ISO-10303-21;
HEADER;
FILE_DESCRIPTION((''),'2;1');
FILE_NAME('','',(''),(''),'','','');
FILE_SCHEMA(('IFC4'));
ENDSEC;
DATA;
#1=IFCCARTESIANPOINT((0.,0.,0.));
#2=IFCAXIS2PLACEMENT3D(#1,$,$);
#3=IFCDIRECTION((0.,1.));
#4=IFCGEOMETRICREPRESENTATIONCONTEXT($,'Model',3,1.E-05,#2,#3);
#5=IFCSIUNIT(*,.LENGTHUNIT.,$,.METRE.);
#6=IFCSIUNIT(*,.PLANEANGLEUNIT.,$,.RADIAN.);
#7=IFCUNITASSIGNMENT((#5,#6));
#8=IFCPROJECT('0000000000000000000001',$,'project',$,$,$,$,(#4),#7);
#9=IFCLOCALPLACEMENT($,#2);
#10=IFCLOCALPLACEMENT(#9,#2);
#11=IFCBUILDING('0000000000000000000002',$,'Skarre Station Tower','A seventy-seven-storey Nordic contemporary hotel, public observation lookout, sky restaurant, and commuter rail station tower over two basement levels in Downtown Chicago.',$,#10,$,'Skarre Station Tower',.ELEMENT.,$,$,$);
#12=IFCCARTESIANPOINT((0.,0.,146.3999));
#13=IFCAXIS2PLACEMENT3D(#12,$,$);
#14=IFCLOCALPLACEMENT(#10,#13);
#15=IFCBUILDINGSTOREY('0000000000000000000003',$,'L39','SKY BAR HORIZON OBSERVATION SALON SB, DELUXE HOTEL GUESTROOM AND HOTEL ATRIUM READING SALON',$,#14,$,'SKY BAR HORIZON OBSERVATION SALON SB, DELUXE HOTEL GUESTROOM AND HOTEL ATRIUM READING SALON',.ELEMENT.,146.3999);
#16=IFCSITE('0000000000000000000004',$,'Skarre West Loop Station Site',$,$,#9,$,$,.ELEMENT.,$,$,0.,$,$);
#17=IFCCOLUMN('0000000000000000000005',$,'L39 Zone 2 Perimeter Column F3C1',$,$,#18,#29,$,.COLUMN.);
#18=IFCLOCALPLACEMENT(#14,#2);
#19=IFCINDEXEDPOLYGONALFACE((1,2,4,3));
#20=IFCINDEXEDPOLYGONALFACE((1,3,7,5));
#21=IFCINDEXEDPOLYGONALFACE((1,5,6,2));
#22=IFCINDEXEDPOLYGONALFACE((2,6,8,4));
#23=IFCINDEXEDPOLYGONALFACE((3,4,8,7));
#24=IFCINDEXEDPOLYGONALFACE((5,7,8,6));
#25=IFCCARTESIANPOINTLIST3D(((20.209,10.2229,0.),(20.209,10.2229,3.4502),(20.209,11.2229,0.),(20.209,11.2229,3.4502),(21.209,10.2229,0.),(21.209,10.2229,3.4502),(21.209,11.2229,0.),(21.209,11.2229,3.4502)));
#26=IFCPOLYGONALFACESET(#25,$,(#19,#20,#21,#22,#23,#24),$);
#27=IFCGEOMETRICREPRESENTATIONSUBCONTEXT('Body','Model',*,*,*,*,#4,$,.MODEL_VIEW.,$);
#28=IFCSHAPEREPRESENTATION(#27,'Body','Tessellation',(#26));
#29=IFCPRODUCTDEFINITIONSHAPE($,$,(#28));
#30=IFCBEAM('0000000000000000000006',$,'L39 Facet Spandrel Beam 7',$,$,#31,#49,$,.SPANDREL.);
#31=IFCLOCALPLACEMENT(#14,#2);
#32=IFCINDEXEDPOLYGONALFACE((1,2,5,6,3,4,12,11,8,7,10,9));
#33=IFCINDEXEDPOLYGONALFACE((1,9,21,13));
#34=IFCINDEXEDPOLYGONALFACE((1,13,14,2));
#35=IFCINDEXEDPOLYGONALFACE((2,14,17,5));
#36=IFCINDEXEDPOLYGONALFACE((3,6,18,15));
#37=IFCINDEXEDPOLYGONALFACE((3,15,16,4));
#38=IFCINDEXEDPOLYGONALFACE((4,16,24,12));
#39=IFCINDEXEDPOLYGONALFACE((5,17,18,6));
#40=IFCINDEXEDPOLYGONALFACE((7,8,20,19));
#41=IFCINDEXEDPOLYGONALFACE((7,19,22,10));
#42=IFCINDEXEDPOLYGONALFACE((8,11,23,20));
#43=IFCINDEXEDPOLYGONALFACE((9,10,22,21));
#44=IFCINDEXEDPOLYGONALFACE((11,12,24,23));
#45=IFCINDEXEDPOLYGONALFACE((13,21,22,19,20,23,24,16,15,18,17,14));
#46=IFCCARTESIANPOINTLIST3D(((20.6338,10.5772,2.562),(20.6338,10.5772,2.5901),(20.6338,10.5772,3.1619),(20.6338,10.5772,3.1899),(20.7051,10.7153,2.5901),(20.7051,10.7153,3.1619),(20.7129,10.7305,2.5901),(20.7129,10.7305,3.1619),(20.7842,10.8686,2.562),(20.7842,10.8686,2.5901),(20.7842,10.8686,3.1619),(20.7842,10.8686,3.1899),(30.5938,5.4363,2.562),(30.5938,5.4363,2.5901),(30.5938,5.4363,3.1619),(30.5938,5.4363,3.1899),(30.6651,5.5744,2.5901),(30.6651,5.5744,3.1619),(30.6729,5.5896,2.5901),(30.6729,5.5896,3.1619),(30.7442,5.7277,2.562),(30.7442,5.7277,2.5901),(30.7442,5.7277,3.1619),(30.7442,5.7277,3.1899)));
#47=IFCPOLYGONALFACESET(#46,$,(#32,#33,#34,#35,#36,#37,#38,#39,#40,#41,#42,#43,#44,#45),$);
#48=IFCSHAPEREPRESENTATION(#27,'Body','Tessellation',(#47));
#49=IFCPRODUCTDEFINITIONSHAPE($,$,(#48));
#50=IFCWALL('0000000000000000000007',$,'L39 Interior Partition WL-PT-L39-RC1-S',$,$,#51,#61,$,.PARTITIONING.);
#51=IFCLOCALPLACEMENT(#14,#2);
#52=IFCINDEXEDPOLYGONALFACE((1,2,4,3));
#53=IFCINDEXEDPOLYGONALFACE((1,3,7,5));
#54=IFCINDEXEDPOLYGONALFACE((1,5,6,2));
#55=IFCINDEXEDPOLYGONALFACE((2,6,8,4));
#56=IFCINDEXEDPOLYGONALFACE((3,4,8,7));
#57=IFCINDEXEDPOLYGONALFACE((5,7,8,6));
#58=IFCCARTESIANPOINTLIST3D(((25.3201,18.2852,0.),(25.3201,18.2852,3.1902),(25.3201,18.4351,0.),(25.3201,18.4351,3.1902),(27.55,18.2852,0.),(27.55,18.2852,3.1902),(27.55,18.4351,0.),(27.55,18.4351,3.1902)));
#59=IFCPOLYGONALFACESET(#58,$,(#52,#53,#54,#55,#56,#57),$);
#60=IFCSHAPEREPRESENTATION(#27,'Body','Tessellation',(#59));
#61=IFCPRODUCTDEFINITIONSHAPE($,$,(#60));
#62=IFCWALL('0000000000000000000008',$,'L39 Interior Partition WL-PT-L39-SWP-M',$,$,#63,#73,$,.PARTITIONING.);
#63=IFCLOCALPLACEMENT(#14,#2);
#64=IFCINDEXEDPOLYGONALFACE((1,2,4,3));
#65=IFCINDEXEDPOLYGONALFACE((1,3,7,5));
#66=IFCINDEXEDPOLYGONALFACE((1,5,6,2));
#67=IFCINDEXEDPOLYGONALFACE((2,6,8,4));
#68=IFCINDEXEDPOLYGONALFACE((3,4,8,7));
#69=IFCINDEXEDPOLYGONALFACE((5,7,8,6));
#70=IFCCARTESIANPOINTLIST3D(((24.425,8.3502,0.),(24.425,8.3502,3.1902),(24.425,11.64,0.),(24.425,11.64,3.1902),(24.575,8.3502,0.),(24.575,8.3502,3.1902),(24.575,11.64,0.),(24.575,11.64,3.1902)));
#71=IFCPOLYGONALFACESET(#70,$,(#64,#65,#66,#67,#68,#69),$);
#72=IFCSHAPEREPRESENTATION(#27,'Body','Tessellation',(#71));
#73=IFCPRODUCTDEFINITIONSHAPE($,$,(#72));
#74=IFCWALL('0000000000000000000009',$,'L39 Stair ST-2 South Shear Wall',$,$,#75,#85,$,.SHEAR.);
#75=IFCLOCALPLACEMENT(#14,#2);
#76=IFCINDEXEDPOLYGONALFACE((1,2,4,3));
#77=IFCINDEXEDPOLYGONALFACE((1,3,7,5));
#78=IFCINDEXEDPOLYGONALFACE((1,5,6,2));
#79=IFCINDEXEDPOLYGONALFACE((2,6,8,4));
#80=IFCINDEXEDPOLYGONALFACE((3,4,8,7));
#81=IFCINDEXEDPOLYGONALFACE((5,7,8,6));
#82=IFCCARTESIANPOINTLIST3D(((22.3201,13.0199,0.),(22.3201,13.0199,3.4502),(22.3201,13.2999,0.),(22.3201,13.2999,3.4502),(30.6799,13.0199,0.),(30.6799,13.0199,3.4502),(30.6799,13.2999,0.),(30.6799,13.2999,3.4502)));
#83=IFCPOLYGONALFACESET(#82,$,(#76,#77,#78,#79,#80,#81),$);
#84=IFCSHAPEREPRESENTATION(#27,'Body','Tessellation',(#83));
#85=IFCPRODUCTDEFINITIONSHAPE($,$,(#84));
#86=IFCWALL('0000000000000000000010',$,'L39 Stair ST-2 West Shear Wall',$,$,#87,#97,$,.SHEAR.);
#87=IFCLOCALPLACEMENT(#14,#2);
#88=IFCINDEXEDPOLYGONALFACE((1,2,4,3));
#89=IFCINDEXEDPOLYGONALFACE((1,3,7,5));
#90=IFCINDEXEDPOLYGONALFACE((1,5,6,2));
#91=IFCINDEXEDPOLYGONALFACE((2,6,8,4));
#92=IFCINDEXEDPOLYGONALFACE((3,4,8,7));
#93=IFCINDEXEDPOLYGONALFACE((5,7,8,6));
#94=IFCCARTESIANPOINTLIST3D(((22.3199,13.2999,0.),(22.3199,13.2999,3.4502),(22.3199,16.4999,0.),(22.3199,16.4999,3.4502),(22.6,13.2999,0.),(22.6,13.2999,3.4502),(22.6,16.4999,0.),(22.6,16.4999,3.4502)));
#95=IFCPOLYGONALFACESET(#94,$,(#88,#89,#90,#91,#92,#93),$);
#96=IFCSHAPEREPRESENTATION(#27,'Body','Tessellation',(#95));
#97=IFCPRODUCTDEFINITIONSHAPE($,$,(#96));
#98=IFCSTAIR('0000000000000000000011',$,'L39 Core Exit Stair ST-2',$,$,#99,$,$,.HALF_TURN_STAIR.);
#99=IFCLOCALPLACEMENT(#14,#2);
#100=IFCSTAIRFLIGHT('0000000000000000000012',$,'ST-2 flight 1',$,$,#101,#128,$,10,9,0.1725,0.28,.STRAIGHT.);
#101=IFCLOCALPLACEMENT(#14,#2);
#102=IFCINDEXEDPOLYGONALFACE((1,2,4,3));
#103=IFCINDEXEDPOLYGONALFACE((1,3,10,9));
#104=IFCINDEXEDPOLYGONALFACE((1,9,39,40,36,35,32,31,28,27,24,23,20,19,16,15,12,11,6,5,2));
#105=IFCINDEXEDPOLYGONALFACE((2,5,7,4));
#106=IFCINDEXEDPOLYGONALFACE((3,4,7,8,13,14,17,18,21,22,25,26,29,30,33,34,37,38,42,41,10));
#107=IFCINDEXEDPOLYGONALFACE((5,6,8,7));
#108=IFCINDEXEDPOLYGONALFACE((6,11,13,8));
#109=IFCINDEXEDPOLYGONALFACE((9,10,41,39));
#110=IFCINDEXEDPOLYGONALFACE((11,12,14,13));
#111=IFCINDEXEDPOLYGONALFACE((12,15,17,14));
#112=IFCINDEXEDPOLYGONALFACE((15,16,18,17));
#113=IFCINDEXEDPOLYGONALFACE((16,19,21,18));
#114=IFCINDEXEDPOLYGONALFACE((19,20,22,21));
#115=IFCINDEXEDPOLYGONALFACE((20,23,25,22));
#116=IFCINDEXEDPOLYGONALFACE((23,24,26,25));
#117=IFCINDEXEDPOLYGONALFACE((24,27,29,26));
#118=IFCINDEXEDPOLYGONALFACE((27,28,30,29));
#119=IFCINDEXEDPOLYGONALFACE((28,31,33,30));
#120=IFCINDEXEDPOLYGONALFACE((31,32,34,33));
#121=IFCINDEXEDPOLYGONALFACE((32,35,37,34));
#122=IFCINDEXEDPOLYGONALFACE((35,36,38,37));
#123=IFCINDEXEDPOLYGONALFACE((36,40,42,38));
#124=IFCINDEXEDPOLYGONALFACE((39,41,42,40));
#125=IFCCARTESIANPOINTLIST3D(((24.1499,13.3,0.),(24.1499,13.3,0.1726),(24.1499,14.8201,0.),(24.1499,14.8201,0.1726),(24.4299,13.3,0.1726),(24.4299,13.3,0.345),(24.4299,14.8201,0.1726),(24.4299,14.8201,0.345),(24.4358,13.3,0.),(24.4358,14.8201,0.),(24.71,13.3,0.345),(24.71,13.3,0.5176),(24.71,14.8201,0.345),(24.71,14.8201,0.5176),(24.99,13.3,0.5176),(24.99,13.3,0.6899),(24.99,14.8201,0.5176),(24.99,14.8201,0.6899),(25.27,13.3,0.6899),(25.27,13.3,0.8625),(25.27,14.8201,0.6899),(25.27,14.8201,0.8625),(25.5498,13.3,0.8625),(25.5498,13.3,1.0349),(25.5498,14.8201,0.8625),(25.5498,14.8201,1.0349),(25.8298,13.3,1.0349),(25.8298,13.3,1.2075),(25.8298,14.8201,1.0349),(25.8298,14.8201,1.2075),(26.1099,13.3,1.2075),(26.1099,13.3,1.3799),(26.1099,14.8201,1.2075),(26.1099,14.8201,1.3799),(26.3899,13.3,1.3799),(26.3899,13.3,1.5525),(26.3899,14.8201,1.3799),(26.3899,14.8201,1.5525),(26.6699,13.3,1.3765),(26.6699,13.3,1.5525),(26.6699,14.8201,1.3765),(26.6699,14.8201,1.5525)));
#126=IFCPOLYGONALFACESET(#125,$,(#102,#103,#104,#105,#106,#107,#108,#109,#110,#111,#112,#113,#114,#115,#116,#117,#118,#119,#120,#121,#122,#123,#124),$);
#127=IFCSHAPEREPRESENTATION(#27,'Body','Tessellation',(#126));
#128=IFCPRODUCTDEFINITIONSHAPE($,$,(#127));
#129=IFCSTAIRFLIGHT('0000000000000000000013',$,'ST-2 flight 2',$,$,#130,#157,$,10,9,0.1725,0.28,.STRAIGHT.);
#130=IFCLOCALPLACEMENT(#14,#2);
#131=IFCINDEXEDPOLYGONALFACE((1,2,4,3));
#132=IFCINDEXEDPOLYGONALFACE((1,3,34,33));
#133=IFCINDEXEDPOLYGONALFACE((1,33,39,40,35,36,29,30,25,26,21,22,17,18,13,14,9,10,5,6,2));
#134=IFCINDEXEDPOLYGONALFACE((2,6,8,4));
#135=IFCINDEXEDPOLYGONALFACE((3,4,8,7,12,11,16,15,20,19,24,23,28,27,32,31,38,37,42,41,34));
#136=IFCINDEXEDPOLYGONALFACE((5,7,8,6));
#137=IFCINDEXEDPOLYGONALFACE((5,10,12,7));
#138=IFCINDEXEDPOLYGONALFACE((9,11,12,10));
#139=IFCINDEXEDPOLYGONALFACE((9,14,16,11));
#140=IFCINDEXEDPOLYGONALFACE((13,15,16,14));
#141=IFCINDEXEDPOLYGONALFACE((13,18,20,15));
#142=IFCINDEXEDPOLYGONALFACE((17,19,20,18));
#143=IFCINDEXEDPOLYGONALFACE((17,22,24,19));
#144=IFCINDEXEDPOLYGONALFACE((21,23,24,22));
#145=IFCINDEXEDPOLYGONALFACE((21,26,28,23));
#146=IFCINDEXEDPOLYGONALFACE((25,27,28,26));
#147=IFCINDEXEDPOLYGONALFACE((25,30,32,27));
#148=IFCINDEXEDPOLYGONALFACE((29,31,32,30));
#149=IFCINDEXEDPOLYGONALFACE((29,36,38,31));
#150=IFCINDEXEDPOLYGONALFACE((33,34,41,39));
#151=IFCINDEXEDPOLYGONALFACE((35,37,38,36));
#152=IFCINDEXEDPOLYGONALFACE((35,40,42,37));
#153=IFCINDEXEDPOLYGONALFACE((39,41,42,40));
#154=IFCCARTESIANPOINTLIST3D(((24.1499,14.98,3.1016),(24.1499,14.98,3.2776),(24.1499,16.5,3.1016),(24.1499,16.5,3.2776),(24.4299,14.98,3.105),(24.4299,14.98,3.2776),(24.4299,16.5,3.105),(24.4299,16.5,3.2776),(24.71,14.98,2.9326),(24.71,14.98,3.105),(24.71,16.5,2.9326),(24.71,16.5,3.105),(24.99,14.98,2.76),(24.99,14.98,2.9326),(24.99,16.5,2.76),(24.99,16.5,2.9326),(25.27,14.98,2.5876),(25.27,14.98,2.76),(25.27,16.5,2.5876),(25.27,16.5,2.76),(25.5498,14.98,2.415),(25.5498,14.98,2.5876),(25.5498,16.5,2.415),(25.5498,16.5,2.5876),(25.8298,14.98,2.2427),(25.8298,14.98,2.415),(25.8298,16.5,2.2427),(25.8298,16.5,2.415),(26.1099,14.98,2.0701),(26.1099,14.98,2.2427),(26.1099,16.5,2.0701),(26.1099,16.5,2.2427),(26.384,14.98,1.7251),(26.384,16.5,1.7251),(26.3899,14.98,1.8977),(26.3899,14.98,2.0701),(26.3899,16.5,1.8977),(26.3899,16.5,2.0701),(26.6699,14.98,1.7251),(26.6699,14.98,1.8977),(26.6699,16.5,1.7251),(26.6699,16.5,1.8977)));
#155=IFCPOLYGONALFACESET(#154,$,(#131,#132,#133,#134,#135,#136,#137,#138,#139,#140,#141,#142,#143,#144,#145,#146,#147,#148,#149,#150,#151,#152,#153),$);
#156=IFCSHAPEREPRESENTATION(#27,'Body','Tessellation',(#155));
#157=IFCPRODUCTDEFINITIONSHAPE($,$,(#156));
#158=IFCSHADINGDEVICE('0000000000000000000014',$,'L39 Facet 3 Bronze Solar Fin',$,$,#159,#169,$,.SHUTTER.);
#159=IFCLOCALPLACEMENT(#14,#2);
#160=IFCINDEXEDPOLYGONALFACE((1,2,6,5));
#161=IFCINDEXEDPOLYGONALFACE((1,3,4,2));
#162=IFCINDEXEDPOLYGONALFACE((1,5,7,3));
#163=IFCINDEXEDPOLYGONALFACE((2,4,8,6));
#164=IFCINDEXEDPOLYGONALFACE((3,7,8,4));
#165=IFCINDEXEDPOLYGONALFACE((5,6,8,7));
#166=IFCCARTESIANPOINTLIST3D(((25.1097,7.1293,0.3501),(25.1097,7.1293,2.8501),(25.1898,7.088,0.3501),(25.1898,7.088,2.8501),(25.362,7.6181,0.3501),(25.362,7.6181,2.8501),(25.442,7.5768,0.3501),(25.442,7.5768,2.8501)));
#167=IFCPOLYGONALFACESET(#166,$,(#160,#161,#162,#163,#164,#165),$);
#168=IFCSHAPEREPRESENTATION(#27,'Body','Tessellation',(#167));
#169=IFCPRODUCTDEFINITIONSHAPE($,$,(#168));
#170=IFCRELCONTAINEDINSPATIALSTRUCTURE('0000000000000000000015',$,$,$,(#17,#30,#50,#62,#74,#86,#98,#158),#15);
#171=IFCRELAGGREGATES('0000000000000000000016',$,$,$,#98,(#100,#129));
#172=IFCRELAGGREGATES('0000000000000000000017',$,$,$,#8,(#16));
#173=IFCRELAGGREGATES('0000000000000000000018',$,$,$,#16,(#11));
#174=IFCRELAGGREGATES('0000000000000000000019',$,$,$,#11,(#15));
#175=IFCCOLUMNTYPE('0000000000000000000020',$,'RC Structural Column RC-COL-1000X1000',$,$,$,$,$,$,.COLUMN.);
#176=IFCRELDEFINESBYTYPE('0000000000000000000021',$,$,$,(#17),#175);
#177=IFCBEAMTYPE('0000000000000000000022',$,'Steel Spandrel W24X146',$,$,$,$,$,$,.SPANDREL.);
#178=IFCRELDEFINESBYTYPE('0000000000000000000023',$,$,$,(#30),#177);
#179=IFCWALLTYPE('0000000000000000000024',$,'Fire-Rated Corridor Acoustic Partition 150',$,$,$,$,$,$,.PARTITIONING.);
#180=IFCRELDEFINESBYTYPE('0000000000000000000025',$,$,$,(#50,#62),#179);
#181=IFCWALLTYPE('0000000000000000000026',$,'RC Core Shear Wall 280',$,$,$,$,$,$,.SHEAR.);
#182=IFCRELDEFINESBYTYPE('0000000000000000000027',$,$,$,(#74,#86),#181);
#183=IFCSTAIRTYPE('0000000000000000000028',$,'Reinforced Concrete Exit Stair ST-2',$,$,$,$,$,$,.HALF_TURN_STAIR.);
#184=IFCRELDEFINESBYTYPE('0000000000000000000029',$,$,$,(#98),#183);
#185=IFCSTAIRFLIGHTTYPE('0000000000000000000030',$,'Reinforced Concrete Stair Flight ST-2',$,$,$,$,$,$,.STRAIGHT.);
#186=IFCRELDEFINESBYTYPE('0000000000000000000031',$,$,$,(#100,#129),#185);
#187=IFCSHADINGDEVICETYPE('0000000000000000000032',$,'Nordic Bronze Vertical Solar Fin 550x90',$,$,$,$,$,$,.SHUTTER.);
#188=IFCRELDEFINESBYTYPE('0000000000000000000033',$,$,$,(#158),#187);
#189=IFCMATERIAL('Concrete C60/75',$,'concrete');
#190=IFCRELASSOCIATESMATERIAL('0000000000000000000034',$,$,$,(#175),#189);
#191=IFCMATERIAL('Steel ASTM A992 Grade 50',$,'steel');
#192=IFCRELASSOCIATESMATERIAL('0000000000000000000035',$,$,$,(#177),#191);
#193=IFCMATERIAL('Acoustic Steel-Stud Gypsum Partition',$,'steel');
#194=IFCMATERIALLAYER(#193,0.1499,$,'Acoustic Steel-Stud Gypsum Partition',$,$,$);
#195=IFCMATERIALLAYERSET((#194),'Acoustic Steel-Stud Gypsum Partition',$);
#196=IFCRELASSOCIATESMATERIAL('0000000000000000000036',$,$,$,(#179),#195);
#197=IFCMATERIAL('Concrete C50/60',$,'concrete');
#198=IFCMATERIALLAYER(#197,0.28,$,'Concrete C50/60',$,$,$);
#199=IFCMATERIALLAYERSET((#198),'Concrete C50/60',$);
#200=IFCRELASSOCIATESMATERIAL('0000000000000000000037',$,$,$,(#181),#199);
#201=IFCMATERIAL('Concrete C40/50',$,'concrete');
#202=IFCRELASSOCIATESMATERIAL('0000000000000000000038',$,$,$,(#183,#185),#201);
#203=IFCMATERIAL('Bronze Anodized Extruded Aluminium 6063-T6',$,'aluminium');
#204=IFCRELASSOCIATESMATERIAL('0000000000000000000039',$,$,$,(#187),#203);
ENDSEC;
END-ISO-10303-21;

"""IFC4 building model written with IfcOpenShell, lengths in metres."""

from ifc_helpers import new_model, si_unit, direction, frame, frame_2d, origin, origin_2d, place, context, subcontext, project, spatial, polyline, rectangle, i_section, outline, extrude, material, layer, layer_set, material_profile, profile_set, type_object, element, aggregate, save


model = new_model("IFC4")

# Units and contexts
model_context = context("Model", 3, precision=1e-05, world=origin(), true_north=direction((0.0, 1.0)))
body_context = subcontext(model_context, "Body", "Model", "MODEL_VIEW")
ifc_project = project(units=[si_unit("LENGTHUNIT", "METRE"), si_unit("PLANEANGLEUNIT", "RADIAN")], contexts=[model_context])

# Site, building, storey
site_placement = place(None, origin())
site = spatial("IfcSite", under=ifc_project, at=site_placement, Name="Skarre West Loop Station Site", CompositionType="ELEMENT", RefElevation=0.0)
building_placement = place(site_placement, origin())
building = spatial("IfcBuilding", under=site, at=building_placement, Name="Skarre Station Tower", Description="A seventy-seven-storey Nordic contemporary hotel, public observation lookout, sky restaurant, and commuter rail station tower over two basement levels in Downtown Chicago.", LongName="Skarre Station Tower", CompositionType="ELEMENT")
storey_placement = place(building_placement, frame((0.0, 0.0, 146.3999)))
storey = spatial("IfcBuildingStorey", under=building, at=storey_placement, Name="L39", Description="SKY BAR HORIZON OBSERVATION SALON SB, DELUXE HOTEL GUESTROOM AND HOTEL ATRIUM READING SALON", LongName="SKY BAR HORIZON OBSERVATION SALON SB, DELUXE HOTEL GUESTROOM AND HOTEL ATRIUM READING SALON", CompositionType="ELEMENT", Elevation=146.3999)

# Column
ifc_material_1 = material(Name="Concrete C60/75", Category="concrete")
ifc_material_profile_1 = material_profile(ifc_material_1, rectangle(XDim=1.0, YDim=1.0, at=origin_2d()), Name="Concrete C60/75")
ifc_profile_set_1 = profile_set([ifc_material_profile_1], Name="Concrete C60/75")
column_type = type_object("IfcColumnType", Name="RC Structural Column RC-COL-1000X1000", PredefinedType="COLUMN", material=ifc_profile_set_1)
column_placement = place(storey_placement, frame((20.709, 10.7229, 0.0), z_axis=(0.0, 0.0, 1.0), x_axis=(1.0, 0.0, 0.0)))
element("IfcColumn", 1, at=column_placement, inside=storey, type_object=column_type, Name="L39 Zone 2 Perimeter Column F3C1", PredefinedType="COLUMN", context=body_context, shape_type="SweptSolid", body=[
    extrude(rectangle(XDim=1.0, YDim=1.0, at=origin_2d()), origin(), (0.0, 0.0, 1.0), 3.4502),
])

# Beam
ifc_material_2 = material(Name="Steel ASTM A992 Grade 50", Category="steel")
ifc_material_profile_2 = material_profile(ifc_material_2, i_section(OverallWidth=0.3279, OverallDepth=0.6279, WebThickness=0.0171, FlangeThickness=0.0281, at=origin_2d()), Name="Steel ASTM A992 Grade 50")
ifc_profile_set_2 = profile_set([ifc_material_profile_2], Name="Steel ASTM A992 Grade 50")
beam_type = type_object("IfcBeamType", Name="Steel Spandrel W24X146", PredefinedType="SPANDREL", material=ifc_profile_set_2)
beam_placement = place(storey_placement, frame((20.709, 10.7229, 2.876), z_axis=(0.888612, -0.45866, 0.0), x_axis=(0.45866, 0.888612, 0.0)))
element("IfcBeam", 2, at=beam_placement, inside=storey, type_object=beam_type, Name="L39 Facet Spandrel Beam 7", PredefinedType="SPANDREL", context=body_context, shape_type="SweptSolid", body=[
    extrude(i_section(OverallWidth=0.3279, OverallDepth=0.6279, WebThickness=0.0171, FlangeThickness=0.0281, at=origin_2d()), origin(), (0.0, 0.0, 1.0), 11.2085),
])

# Walls
ifc_material_3 = material(Name="Acoustic Steel-Stud Gypsum Partition", Category="steel")
ifc_layer_1 = layer(ifc_material_3, 0.1499, Name="Acoustic Steel-Stud Gypsum Partition")
ifc_layer_set_1 = layer_set([ifc_layer_1], Name="Acoustic Steel-Stud Gypsum Partition")
wall_type_1 = type_object("IfcWallType", Name="Fire-Rated Corridor Acoustic Partition 150", PredefinedType="PARTITIONING", material=ifc_layer_set_1)
wall_1_placement = place(storey_placement, frame((25.3201, 18.3601, 0.0), z_axis=(0.0, 0.0, 1.0), x_axis=(1.0, 0.0, 0.0)))
element("IfcWall", 3, at=wall_1_placement, inside=storey, type_object=wall_type_1, Name="L39 Interior Partition WL-PT-L39-RC1-S", PredefinedType="PARTITIONING", context=body_context, shape_type="SweptSolid", body=[
    extrude(rectangle(XDim=2.23, YDim=0.1499, at=frame_2d((1.115, 0.0))), origin(), (0.0, 0.0, 1.0), 3.1902),
])
wall_2_placement = place(storey_placement, frame((24.5, 8.3501, 0.0), z_axis=(0.0, 0.0, 1.0), x_axis=(0.0, 1.0, 0.0)))
element("IfcWall", 4, at=wall_2_placement, inside=storey, type_object=wall_type_1, Name="L39 Interior Partition WL-PT-L39-SWP-M", PredefinedType="PARTITIONING", context=body_context, shape_type="SweptSolid", body=[
    extrude(rectangle(XDim=3.2898, YDim=0.1499, at=frame_2d((1.645, 0.0))), origin(), (0.0, 0.0, 1.0), 3.1902),
])
ifc_material_4 = material(Name="Concrete C50/60", Category="concrete")
ifc_layer_2 = layer(ifc_material_4, 0.28, Name="Concrete C50/60")
ifc_layer_set_2 = layer_set([ifc_layer_2], Name="Concrete C50/60")
wall_type_2 = type_object("IfcWallType", Name="RC Core Shear Wall 280", PredefinedType="SHEAR", material=ifc_layer_set_2)
wall_3_placement = place(storey_placement, frame((22.3201, 13.1599, 0.0), z_axis=(0.0, 0.0, 1.0), x_axis=(1.0, 0.0, 0.0)))
element("IfcWall", 5, at=wall_3_placement, inside=storey, type_object=wall_type_2, Name="L39 Stair ST-2 South Shear Wall", PredefinedType="SHEAR", context=body_context, shape_type="SweptSolid", body=[
    extrude(rectangle(XDim=8.3599, YDim=0.28, at=frame_2d((4.1799, 0.0))), origin(), (0.0, 0.0, 1.0), 3.4502),
])
wall_4_placement = place(storey_placement, frame((22.46, 16.5, 0.0), z_axis=(0.0, 0.0, 1.0), x_axis=(0.0, -1.0, 0.0)))
element("IfcWall", 6, at=wall_4_placement, inside=storey, type_object=wall_type_2, Name="L39 Stair ST-2 West Shear Wall", PredefinedType="SHEAR", context=body_context, shape_type="SweptSolid", body=[
    extrude(rectangle(XDim=3.2, YDim=0.28, at=frame_2d((1.6001, 0.0))), origin(), (0.0, 0.0, 1.0), 3.4502),
])

# Stair, stair flights
ifc_material_5 = material(Name="Concrete C40/50", Category="concrete")
stair_type = type_object("IfcStairType", Name="Reinforced Concrete Exit Stair ST-2", PredefinedType="HALF_TURN_STAIR", material=ifc_material_5)
stair_placement = place(storey_placement, origin())
stair = element("IfcStair", 7, at=stair_placement, inside=storey, type_object=stair_type, Name="L39 Core Exit Stair ST-2", PredefinedType="HALF_TURN_STAIR")
stair_flight_type = type_object("IfcStairFlightType", Name="Reinforced Concrete Stair Flight ST-2", PredefinedType="STRAIGHT", material=ifc_material_5)
stair_flight_1_placement = place(storey_placement, frame((24.1499, 14.0601, 0.0), z_axis=(0.0, 0.0, 1.0), x_axis=(1.0, 0.0, 0.0)))
stair_flight_1 = element("IfcStairFlight", 8, at=stair_flight_1_placement, type_object=stair_flight_type, Name="ST-2 flight 1", NumberOfRisers=10, NumberOfTreads=9, PredefinedType="STRAIGHT", RiserHeight=0.1725, TreadLength=0.28, context=body_context, shape_type="SweptSolid", body=[
    extrude(outline(polyline([(0.0, 0.0), (0.0, 0.1726), (0.28, 0.1726), (0.28, 0.345), (0.5601, 0.345), (0.5601, 0.5176), (0.8401, 0.5176), (0.8401, 0.6899), (1.1201, 0.6899), (1.1201, 0.8625), (1.3999, 0.8625), (1.3999, 1.0349), (1.6799, 1.0349), (1.6799, 1.2075), (1.96, 1.2075), (1.96, 1.3799), (2.24, 1.3799), (2.24, 1.5525), (2.52, 1.5525), (2.52, 1.7251), (2.52, 1.3765), (0.2859, 0.0), (0.0, 0.0)])), frame((0.0, 0.76, 0.0), z_axis=(0.0, -1.0, 0.0), x_axis=(1.0, 0.0, 0.0)), (0.0, 0.0, 1.0), 1.52),
])
stair_flight_2_placement = place(storey_placement, frame((26.6699, 15.74, 1.7251), z_axis=(0.0, 0.0, 1.0), x_axis=(-1.0, 0.0, 0.0)))
stair_flight_2 = element("IfcStairFlight", 9, at=stair_flight_2_placement, type_object=stair_flight_type, Name="ST-2 flight 2", NumberOfRisers=10, NumberOfTreads=9, PredefinedType="STRAIGHT", RiserHeight=0.1725, TreadLength=0.28, context=body_context, shape_type="SweptSolid", body=[
    extrude(outline(polyline([(0.0, 0.0), (0.0, 0.1726), (0.28, 0.1726), (0.28, 0.345), (0.5601, 0.345), (0.5601, 0.5176), (0.8401, 0.5176), (0.8401, 0.6899), (1.1201, 0.6899), (1.1201, 0.8625), (1.3999, 0.8625), (1.3999, 1.0349), (1.6799, 1.0349), (1.6799, 1.2075), (1.96, 1.2075), (1.96, 1.3799), (2.24, 1.3799), (2.24, 1.5525), (2.52, 1.5525), (2.52, 1.7251), (2.52, 1.3765), (0.2859, 0.0), (0.0, 0.0)])), frame((0.0, 0.76, 0.0), z_axis=(0.0, -1.0, 0.0), x_axis=(1.0, 0.0, 0.0)), (0.0, 0.0, 1.0), 1.52),
])
aggregate(stair, [stair_flight_1, stair_flight_2])

# Shading device
ifc_material_6 = material(Name="Bronze Anodized Extruded Aluminium 6063-T6", Category="aluminium")
shading_device_type = type_object("IfcShadingDeviceType", Name="Nordic Bronze Vertical Solar Fin 550x90", PredefinedType="SHUTTER", material=ifc_material_6)
shading_device_placement = place(storey_placement, frame((25.2759, 7.353, 0.3501), z_axis=(0.0, 0.0, 1.0), x_axis=(-0.45865, -0.888617, 0.0)))
element("IfcShadingDevice", 10, at=shading_device_placement, inside=storey, type_object=shading_device_type, Name="L39 Facet 3 Bronze Solar Fin", PredefinedType="SHUTTER", context=body_context, shape_type="SweptSolid", body=[
    extrude(rectangle(XDim=0.55, YDim=0.0901, at=origin_2d()), origin(), (0.0, 0.0, 1.0), 2.5),
])

save(model, "model.ifc")
